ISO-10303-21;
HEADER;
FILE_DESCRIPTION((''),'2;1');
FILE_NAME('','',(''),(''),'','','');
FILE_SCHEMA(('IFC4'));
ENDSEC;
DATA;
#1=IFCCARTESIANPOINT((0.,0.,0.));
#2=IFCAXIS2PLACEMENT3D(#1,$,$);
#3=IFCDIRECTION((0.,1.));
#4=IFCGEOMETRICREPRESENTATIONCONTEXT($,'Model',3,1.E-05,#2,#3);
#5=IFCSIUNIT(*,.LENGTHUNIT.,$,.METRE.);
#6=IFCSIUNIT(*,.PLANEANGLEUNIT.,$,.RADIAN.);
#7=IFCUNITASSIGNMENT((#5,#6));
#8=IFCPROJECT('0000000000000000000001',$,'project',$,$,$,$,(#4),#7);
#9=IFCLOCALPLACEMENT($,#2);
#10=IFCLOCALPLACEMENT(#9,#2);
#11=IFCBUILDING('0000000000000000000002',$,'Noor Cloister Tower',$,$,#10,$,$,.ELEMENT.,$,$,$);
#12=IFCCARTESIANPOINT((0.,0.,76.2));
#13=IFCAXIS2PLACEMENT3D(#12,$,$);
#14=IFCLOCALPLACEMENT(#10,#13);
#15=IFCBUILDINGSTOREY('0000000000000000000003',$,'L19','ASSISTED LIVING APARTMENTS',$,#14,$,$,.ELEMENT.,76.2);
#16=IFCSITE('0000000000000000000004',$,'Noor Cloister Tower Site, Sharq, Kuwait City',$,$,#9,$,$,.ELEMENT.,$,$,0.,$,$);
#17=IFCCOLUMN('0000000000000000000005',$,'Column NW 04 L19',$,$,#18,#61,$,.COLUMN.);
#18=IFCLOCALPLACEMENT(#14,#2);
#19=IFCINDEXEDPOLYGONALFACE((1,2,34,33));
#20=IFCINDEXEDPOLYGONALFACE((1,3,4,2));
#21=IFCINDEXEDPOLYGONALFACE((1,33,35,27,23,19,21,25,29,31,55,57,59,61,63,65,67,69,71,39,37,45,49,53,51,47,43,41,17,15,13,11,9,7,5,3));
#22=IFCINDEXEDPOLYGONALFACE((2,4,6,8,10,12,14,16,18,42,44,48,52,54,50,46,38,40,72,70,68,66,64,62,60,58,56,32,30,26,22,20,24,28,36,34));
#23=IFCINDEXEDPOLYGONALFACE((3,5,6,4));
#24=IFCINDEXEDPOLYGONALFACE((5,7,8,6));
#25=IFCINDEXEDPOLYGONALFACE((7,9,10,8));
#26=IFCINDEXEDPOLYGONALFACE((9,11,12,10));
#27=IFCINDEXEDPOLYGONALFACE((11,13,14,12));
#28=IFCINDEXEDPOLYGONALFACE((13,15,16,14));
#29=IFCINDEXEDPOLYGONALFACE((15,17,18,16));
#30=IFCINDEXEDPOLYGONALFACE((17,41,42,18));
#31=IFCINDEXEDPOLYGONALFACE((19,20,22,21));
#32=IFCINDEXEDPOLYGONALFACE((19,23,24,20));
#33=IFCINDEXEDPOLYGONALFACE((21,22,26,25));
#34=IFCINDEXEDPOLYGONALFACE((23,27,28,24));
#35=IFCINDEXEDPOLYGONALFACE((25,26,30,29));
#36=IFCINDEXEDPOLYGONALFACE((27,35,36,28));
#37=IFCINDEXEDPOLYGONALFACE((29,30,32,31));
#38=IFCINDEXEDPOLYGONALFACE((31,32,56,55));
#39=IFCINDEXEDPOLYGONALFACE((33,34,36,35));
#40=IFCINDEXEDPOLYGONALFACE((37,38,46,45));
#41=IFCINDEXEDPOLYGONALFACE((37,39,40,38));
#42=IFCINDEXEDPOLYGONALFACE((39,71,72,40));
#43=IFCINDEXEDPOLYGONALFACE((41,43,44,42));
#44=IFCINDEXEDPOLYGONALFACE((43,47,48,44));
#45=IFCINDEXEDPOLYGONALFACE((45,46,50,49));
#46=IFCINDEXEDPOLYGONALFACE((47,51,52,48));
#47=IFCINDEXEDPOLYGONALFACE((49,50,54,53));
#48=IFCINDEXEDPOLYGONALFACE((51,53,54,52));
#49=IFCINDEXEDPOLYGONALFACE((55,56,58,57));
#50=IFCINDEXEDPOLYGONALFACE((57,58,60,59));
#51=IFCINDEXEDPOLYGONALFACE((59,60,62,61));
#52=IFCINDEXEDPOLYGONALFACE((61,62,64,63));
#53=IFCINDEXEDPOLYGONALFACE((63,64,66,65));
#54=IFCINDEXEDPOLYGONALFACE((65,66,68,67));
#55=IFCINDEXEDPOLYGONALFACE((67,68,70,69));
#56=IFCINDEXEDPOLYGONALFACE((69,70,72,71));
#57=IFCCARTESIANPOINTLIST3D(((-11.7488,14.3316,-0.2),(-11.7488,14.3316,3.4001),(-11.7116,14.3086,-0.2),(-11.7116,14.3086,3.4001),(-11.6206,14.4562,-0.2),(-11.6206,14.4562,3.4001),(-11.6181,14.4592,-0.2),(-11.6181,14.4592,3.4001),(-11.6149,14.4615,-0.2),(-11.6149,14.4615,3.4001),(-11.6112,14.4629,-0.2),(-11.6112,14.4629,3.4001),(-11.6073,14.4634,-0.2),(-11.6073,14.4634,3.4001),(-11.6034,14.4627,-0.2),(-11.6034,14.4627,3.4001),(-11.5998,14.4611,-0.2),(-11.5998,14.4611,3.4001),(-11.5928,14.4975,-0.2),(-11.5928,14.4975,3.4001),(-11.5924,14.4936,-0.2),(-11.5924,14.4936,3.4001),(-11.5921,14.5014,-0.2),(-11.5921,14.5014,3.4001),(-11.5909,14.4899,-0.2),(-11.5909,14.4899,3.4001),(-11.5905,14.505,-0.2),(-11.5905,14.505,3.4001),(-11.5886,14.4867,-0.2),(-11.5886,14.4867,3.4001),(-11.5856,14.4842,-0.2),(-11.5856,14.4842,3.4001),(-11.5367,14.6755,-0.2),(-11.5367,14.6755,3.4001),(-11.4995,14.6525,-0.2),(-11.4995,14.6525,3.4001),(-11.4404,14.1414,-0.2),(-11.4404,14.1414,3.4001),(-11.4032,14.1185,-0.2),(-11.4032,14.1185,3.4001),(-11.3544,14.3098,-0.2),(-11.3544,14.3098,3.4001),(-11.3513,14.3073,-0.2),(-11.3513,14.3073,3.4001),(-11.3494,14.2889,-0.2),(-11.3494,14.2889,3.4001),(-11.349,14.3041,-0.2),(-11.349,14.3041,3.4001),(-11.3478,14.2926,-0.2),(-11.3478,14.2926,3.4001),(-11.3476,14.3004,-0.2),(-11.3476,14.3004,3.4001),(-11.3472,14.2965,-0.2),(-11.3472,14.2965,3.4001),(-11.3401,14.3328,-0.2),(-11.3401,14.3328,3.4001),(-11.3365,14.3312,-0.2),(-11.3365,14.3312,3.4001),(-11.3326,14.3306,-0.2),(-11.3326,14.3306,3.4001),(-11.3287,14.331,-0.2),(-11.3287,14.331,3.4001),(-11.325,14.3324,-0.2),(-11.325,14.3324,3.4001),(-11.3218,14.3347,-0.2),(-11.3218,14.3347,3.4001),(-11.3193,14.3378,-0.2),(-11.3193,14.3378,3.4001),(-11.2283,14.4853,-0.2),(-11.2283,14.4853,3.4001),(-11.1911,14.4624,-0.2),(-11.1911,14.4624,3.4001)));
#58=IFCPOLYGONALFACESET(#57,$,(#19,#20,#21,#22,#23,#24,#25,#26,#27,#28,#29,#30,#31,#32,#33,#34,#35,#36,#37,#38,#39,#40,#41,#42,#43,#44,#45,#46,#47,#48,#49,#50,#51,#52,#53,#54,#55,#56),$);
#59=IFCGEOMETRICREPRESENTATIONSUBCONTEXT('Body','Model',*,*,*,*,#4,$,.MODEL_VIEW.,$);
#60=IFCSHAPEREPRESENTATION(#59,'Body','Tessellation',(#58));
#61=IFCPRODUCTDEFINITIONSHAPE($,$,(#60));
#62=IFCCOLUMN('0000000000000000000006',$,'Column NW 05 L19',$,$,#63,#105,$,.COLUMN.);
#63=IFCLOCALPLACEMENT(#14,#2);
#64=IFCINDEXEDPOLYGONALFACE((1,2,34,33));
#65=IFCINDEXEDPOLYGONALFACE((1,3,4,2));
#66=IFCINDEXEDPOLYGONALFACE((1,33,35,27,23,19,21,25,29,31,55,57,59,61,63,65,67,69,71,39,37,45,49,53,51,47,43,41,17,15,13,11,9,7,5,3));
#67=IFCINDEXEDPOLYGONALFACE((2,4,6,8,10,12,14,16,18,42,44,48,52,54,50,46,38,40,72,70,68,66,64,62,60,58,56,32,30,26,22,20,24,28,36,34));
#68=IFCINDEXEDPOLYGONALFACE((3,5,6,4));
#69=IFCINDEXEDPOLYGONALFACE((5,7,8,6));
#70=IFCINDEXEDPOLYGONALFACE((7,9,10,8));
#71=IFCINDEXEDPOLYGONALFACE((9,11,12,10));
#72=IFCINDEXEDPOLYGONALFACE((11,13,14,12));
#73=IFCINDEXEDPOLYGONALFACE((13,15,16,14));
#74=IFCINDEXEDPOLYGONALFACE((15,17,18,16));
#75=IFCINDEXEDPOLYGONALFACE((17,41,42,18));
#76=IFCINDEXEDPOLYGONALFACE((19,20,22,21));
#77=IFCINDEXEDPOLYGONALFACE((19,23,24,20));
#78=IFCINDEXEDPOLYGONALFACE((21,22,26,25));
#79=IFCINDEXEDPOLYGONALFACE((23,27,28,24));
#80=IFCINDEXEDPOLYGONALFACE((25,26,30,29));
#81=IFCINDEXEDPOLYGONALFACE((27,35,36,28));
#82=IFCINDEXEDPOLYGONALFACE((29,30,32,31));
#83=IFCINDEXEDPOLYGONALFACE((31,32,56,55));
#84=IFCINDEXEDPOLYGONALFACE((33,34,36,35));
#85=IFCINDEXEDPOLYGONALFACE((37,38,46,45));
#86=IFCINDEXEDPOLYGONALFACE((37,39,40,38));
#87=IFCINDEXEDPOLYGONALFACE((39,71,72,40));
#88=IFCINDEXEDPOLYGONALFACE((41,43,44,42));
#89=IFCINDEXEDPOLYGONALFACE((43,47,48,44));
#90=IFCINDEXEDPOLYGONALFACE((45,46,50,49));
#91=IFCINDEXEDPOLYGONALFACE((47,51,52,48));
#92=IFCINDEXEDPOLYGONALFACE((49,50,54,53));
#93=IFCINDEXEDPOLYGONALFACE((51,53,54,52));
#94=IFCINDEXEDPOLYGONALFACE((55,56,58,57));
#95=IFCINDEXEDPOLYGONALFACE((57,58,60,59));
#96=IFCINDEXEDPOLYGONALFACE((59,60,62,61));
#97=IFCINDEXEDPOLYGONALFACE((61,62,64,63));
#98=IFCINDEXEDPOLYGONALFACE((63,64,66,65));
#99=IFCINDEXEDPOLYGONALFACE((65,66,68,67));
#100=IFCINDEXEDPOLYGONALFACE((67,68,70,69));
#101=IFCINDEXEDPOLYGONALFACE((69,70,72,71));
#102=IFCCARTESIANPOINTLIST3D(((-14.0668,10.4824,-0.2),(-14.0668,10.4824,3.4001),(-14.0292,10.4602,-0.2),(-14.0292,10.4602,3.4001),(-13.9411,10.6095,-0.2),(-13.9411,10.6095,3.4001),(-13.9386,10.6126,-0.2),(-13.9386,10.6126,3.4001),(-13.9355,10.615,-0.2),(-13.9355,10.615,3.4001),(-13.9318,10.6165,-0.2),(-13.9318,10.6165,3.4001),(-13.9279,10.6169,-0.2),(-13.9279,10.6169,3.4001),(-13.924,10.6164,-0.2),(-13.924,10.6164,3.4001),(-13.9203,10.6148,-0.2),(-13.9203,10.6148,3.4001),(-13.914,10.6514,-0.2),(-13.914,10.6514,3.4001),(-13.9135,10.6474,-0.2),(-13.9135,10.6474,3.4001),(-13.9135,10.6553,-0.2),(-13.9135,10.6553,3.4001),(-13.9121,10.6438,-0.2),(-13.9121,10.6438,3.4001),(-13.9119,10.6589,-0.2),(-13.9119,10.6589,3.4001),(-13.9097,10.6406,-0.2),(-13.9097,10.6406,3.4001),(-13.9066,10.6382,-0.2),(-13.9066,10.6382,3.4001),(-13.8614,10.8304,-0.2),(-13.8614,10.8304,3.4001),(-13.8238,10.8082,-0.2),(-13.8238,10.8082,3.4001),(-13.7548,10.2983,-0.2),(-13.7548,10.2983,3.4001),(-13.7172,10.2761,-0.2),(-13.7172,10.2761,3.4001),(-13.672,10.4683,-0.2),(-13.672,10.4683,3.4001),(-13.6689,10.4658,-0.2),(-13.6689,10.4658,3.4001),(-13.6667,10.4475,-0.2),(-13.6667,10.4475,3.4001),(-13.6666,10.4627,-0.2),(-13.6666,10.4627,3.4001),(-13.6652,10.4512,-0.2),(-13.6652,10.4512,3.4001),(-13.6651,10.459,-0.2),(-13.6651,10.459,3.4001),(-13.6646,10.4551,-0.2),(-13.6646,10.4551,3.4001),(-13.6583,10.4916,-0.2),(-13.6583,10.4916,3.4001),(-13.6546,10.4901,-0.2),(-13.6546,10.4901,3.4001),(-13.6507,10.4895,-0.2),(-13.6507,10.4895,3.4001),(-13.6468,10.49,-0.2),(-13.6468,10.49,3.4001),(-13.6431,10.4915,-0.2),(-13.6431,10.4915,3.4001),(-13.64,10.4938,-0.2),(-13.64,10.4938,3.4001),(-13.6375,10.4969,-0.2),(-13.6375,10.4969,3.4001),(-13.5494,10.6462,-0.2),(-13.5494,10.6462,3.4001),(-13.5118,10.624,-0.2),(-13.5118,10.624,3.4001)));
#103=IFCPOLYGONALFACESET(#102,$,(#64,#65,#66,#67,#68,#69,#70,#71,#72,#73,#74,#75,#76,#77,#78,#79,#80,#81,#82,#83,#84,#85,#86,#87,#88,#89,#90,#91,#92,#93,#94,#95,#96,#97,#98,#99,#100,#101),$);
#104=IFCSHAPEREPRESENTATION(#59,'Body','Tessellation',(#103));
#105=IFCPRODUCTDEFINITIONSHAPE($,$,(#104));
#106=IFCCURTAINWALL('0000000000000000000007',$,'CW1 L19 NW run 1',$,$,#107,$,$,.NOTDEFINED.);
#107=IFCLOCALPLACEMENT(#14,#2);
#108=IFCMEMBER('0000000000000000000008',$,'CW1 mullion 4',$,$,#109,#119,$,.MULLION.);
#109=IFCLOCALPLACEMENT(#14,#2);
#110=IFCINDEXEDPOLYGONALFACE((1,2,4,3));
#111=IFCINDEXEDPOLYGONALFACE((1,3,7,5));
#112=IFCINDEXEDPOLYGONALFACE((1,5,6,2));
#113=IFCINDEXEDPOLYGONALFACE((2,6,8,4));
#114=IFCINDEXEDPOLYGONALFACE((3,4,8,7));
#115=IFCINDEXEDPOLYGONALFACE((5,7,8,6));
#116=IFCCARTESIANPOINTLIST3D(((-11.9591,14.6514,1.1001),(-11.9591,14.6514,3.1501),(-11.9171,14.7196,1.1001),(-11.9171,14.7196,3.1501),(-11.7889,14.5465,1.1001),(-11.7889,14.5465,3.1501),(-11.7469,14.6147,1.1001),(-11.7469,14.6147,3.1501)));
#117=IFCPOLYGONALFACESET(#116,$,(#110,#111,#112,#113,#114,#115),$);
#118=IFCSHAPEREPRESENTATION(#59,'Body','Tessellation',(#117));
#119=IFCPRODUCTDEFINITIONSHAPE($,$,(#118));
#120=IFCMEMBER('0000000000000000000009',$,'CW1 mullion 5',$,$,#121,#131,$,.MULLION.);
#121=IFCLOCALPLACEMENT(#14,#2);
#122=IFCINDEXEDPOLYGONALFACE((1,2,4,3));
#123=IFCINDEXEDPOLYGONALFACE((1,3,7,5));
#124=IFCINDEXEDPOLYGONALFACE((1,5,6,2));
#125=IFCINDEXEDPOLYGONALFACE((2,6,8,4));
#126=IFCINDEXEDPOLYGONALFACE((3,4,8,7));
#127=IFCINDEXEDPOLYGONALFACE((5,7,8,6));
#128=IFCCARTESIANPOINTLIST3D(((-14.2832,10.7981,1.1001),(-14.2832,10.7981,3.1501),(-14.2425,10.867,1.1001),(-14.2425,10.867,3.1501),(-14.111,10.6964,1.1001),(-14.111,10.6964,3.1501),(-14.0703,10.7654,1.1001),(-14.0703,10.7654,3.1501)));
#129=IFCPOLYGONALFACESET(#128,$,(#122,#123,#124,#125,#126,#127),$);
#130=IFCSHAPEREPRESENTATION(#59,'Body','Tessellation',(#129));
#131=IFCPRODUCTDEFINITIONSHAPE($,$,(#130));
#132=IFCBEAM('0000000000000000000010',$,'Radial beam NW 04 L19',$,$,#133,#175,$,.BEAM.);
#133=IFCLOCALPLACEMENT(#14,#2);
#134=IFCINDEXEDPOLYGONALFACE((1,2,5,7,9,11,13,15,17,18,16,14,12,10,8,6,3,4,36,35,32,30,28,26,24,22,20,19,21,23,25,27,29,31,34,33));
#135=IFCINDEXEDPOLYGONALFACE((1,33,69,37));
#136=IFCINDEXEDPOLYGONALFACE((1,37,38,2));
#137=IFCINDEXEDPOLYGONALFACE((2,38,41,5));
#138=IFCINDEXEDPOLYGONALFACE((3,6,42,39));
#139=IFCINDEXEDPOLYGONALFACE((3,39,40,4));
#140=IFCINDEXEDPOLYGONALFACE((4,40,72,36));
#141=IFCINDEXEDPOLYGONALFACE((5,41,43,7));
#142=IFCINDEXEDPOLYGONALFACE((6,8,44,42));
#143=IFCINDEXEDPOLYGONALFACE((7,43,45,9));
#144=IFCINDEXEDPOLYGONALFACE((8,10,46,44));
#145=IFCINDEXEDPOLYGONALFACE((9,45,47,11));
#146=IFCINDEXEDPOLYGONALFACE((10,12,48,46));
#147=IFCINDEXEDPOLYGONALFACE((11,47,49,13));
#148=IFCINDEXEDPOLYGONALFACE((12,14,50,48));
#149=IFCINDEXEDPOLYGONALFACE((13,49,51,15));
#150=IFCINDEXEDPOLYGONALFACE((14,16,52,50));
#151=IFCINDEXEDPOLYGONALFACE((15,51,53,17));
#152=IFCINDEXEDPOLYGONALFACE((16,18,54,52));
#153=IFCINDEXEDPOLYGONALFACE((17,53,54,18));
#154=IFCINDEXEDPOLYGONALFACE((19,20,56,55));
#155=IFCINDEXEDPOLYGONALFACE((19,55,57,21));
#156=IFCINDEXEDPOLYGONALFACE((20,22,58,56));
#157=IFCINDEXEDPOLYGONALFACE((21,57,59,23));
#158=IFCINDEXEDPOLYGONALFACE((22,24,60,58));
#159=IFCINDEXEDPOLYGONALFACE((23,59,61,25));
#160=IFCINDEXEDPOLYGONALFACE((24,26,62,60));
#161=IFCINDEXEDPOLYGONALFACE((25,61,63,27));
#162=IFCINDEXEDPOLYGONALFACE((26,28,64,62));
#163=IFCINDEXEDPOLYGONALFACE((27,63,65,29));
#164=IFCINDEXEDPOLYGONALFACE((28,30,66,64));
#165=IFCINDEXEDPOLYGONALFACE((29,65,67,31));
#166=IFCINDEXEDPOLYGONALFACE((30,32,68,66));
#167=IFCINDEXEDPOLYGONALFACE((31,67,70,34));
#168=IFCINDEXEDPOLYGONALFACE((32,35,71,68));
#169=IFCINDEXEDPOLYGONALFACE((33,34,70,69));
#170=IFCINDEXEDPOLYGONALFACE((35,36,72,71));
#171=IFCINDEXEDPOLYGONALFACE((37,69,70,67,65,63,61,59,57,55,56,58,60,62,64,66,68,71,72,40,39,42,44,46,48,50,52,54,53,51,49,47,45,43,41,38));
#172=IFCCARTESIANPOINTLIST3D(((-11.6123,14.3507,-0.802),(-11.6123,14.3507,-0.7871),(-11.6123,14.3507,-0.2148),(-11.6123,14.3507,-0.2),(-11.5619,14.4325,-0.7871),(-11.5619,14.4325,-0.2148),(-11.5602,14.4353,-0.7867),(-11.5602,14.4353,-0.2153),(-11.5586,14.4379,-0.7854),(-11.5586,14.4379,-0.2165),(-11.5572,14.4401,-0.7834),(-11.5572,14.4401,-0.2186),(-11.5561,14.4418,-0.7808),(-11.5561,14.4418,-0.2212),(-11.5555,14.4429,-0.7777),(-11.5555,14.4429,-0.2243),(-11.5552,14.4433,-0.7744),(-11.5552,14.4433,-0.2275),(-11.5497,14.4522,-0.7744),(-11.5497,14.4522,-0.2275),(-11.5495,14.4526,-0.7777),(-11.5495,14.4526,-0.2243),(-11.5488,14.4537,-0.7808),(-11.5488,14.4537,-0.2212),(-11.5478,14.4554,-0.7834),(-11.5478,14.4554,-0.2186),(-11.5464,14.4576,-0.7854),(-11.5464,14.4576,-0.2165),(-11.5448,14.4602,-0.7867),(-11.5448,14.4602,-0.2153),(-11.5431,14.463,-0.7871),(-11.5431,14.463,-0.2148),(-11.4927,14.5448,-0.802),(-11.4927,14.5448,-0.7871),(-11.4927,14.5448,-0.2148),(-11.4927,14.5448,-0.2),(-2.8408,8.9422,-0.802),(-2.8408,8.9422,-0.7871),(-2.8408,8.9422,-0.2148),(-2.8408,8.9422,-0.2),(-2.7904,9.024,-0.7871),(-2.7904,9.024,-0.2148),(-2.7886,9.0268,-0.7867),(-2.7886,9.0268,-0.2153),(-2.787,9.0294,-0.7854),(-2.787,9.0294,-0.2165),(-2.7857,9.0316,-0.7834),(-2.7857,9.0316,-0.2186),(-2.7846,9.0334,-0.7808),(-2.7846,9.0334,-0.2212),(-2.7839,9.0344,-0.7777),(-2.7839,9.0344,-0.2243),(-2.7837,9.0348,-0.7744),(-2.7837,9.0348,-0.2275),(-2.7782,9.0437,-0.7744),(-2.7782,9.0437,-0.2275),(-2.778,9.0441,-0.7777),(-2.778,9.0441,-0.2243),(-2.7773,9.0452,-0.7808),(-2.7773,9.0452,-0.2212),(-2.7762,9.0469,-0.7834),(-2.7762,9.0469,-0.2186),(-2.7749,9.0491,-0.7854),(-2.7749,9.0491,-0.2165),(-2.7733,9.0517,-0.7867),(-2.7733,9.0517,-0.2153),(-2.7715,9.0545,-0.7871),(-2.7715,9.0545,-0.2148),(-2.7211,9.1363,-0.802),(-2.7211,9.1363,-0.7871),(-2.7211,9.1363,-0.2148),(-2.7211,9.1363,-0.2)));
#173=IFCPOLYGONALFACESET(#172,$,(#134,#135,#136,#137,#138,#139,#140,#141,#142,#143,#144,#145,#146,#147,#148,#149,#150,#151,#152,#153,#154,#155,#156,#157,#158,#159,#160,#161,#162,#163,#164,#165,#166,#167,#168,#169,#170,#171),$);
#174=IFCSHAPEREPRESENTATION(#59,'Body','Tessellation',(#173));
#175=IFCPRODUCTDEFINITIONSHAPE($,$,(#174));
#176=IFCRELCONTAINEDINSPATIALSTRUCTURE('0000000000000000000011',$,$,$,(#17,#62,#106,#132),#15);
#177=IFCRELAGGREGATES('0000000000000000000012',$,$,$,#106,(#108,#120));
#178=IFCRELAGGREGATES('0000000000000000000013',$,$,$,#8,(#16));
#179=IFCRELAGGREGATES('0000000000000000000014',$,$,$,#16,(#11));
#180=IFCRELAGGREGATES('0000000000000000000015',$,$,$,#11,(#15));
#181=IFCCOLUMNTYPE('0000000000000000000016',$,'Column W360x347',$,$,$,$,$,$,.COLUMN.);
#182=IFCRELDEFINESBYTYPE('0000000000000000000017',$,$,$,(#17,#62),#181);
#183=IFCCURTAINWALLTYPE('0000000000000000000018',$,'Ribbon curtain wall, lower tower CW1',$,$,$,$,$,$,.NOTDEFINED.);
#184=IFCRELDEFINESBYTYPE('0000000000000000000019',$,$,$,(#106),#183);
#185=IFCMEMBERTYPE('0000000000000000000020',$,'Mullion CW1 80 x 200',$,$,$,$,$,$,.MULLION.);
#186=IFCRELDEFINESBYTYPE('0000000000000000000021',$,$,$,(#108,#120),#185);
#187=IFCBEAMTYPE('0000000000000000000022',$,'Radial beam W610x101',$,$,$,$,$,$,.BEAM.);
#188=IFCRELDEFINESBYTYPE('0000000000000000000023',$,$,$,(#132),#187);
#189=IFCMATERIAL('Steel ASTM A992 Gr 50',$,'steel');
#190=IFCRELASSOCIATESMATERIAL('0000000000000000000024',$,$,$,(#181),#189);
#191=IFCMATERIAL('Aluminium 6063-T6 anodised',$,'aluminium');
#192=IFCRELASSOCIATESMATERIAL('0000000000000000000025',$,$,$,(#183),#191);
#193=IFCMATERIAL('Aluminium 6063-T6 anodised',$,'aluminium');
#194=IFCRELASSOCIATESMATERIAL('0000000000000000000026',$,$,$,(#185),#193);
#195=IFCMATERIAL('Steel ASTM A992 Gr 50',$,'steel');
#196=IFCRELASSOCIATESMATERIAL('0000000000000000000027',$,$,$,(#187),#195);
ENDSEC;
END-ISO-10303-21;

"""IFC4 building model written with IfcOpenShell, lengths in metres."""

from ifc_helpers import new_model, si_unit, direction, frame, origin, origin_2d, place, context, subcontext, project, spatial, rectangle, i_section, extrude, material, material_profile, profile_set, type_object, element, aggregate, save


model = new_model("IFC4")

# Units and contexts
model_context = context("Model", 3, precision=1e-05, world=origin(), true_north=direction((0.0, 1.0)))
body_context = subcontext(model_context, "Body", "Model", "MODEL_VIEW")
ifc_project = project(units=[si_unit("LENGTHUNIT", "METRE"), si_unit("PLANEANGLEUNIT", "RADIAN")], contexts=[model_context])

# Site, building, storey
site_placement = place(None, origin())
site = spatial("IfcSite", under=ifc_project, at=site_placement, Name="Noor Cloister Tower Site, Sharq, Kuwait City", CompositionType="ELEMENT", RefElevation=0.0)
building_placement = place(site_placement, origin())
building = spatial("IfcBuilding", under=site, at=building_placement, Name="Noor Cloister Tower", CompositionType="ELEMENT")
storey_placement = place(building_placement, frame((0.0, 0.0, 76.2)))
storey = spatial("IfcBuildingStorey", under=building, at=storey_placement, Name="L19", Description="ASSISTED LIVING APARTMENTS", CompositionType="ELEMENT", Elevation=76.2)

# Columns
ifc_material_1 = material(Name="Steel ASTM A992 Gr 50", Category="steel")
ifc_material_profile_1 = material_profile(ifc_material_1, i_section(OverallWidth=0.4041, OverallDepth=0.406, WebThickness=0.0271, FlangeThickness=0.0437, FilletRadius=0.0151, at=origin_2d()), Name="W360x347")
ifc_profile_set_1 = profile_set([ifc_material_profile_1], Name="Steel ASTM A992 Gr 50")
column_type = type_object("IfcColumnType", Name="Column W360x347", PredefinedType="COLUMN", material=ifc_profile_set_1)
for number, where, z_axis, x_axis, name in (
    (1, (-11.47, 14.397, -0.2), (0.0, 0.0, 1.0), (-0.524849, -0.851196, 0.0), "Column NW 04 L19"),
    (2, (-13.7893, 10.5532, -0.2), (0.0, 0.0, 1.0), (-0.50833, -0.861162, 0.0), "Column NW 05 L19"),
):
    element("IfcColumn", number, at=place(storey_placement, frame(where, z_axis=z_axis, x_axis=x_axis)), inside=storey, type_object=column_type, Name=name, PredefinedType="COLUMN", context=body_context, shape_type="SweptSolid", body=[
        extrude(i_section(OverallWidth=0.4041, OverallDepth=0.406, WebThickness=0.0271, FlangeThickness=0.0437, FilletRadius=0.0151, at=origin_2d()), origin(), (0.0, 0.0, 1.0), 3.6001),
    ])

# Curtain wall, members
ifc_material_2 = material(Name="Aluminium 6063-T6 anodised", Category="aluminium")
curtain_wall_type = type_object("IfcCurtainWallType", Name="Ribbon curtain wall, lower tower CW1", PredefinedType="NOTDEFINED", material=ifc_material_2)
curtain_wall_placement = place(storey_placement, origin())
curtain_wall = element("IfcCurtainWall", 3, at=curtain_wall_placement, inside=storey, type_object=curtain_wall_type, Name="CW1 L19 NW run 1", PredefinedType="NOTDEFINED")
ifc_material_3 = material(Name="Aluminium 6063-T6 anodised", Category="aluminium")
ifc_material_profile_2 = material_profile(ifc_material_3, rectangle(XDim=0.2, YDim=0.0801, at=origin_2d()), Name="200 x 80 mullion")
ifc_profile_set_2 = profile_set([ifc_material_profile_2], Name="Aluminium 6063-T6 anodised")
member_type = type_object("IfcMemberType", Name="Mullion CW1 80 x 200", PredefinedType="MULLION", material=ifc_profile_set_2)
member_1_placement = place(storey_placement, frame((-11.853, 14.6331, 1.1001), z_axis=(0.0, 0.0, 1.0), x_axis=(0.851196, -0.524849, 0.0)))
member_1 = element("IfcMember", 4, at=member_1_placement, type_object=member_type, Name="CW1 mullion 4", PredefinedType="MULLION", context=body_context, shape_type="SweptSolid", body=[
    extrude(rectangle(XDim=0.2, YDim=0.0801, at=origin_2d()), origin(), (0.0, 0.0, 1.0), 2.05),
])
member_2_placement = place(storey_placement, frame((-14.1768, 10.7817, 1.1001), z_axis=(0.0, 0.0, 1.0), x_axis=(0.861162, -0.50833, 0.0)))
member_2 = element("IfcMember", 5, at=member_2_placement, type_object=member_type, Name="CW1 mullion 5", PredefinedType="MULLION", context=body_context, shape_type="SweptSolid", body=[
    extrude(rectangle(XDim=0.2, YDim=0.0801, at=origin_2d()), origin(), (0.0, 0.0, 1.0), 2.05),
])

# Beam
ifc_material_4 = material(Name="Steel ASTM A992 Gr 50", Category="steel")
ifc_material_profile_3 = material_profile(ifc_material_4, i_section(OverallWidth=0.228, OverallDepth=0.6021, WebThickness=0.0105, FlangeThickness=0.0149, FilletRadius=0.0127, at=origin_2d()), Name="W610x101")
ifc_profile_set_3 = profile_set([ifc_material_profile_3], Name="Steel ASTM A992 Gr 50")
beam_type_1 = type_object("IfcBeamType", Name="Radial beam W610x101", PredefinedType="BEAM", material=ifc_profile_set_3)
beam_1_placement = place(storey_placement, frame((-11.5525, 14.4478, -0.501), z_axis=(0.851198, -0.524844, 0.0), x_axis=(0.524844, 0.851198, 0.0)))
element("IfcBeam", 6, at=beam_1_placement, inside=storey, type_object=beam_type_1, Name="Radial beam NW 04 L19", PredefinedType="BEAM", context=body_context, shape_type="SweptSolid", body=[
    extrude(i_section(OverallWidth=0.228, OverallDepth=0.6021, WebThickness=0.0105, FlangeThickness=0.0149, FilletRadius=0.0127, at=origin_2d()), origin(), (0.0, 0.0, 1.0), 10.3049),
])

aggregate(curtain_wall, [member_1, member_2])

save(model, "model.ifc")
